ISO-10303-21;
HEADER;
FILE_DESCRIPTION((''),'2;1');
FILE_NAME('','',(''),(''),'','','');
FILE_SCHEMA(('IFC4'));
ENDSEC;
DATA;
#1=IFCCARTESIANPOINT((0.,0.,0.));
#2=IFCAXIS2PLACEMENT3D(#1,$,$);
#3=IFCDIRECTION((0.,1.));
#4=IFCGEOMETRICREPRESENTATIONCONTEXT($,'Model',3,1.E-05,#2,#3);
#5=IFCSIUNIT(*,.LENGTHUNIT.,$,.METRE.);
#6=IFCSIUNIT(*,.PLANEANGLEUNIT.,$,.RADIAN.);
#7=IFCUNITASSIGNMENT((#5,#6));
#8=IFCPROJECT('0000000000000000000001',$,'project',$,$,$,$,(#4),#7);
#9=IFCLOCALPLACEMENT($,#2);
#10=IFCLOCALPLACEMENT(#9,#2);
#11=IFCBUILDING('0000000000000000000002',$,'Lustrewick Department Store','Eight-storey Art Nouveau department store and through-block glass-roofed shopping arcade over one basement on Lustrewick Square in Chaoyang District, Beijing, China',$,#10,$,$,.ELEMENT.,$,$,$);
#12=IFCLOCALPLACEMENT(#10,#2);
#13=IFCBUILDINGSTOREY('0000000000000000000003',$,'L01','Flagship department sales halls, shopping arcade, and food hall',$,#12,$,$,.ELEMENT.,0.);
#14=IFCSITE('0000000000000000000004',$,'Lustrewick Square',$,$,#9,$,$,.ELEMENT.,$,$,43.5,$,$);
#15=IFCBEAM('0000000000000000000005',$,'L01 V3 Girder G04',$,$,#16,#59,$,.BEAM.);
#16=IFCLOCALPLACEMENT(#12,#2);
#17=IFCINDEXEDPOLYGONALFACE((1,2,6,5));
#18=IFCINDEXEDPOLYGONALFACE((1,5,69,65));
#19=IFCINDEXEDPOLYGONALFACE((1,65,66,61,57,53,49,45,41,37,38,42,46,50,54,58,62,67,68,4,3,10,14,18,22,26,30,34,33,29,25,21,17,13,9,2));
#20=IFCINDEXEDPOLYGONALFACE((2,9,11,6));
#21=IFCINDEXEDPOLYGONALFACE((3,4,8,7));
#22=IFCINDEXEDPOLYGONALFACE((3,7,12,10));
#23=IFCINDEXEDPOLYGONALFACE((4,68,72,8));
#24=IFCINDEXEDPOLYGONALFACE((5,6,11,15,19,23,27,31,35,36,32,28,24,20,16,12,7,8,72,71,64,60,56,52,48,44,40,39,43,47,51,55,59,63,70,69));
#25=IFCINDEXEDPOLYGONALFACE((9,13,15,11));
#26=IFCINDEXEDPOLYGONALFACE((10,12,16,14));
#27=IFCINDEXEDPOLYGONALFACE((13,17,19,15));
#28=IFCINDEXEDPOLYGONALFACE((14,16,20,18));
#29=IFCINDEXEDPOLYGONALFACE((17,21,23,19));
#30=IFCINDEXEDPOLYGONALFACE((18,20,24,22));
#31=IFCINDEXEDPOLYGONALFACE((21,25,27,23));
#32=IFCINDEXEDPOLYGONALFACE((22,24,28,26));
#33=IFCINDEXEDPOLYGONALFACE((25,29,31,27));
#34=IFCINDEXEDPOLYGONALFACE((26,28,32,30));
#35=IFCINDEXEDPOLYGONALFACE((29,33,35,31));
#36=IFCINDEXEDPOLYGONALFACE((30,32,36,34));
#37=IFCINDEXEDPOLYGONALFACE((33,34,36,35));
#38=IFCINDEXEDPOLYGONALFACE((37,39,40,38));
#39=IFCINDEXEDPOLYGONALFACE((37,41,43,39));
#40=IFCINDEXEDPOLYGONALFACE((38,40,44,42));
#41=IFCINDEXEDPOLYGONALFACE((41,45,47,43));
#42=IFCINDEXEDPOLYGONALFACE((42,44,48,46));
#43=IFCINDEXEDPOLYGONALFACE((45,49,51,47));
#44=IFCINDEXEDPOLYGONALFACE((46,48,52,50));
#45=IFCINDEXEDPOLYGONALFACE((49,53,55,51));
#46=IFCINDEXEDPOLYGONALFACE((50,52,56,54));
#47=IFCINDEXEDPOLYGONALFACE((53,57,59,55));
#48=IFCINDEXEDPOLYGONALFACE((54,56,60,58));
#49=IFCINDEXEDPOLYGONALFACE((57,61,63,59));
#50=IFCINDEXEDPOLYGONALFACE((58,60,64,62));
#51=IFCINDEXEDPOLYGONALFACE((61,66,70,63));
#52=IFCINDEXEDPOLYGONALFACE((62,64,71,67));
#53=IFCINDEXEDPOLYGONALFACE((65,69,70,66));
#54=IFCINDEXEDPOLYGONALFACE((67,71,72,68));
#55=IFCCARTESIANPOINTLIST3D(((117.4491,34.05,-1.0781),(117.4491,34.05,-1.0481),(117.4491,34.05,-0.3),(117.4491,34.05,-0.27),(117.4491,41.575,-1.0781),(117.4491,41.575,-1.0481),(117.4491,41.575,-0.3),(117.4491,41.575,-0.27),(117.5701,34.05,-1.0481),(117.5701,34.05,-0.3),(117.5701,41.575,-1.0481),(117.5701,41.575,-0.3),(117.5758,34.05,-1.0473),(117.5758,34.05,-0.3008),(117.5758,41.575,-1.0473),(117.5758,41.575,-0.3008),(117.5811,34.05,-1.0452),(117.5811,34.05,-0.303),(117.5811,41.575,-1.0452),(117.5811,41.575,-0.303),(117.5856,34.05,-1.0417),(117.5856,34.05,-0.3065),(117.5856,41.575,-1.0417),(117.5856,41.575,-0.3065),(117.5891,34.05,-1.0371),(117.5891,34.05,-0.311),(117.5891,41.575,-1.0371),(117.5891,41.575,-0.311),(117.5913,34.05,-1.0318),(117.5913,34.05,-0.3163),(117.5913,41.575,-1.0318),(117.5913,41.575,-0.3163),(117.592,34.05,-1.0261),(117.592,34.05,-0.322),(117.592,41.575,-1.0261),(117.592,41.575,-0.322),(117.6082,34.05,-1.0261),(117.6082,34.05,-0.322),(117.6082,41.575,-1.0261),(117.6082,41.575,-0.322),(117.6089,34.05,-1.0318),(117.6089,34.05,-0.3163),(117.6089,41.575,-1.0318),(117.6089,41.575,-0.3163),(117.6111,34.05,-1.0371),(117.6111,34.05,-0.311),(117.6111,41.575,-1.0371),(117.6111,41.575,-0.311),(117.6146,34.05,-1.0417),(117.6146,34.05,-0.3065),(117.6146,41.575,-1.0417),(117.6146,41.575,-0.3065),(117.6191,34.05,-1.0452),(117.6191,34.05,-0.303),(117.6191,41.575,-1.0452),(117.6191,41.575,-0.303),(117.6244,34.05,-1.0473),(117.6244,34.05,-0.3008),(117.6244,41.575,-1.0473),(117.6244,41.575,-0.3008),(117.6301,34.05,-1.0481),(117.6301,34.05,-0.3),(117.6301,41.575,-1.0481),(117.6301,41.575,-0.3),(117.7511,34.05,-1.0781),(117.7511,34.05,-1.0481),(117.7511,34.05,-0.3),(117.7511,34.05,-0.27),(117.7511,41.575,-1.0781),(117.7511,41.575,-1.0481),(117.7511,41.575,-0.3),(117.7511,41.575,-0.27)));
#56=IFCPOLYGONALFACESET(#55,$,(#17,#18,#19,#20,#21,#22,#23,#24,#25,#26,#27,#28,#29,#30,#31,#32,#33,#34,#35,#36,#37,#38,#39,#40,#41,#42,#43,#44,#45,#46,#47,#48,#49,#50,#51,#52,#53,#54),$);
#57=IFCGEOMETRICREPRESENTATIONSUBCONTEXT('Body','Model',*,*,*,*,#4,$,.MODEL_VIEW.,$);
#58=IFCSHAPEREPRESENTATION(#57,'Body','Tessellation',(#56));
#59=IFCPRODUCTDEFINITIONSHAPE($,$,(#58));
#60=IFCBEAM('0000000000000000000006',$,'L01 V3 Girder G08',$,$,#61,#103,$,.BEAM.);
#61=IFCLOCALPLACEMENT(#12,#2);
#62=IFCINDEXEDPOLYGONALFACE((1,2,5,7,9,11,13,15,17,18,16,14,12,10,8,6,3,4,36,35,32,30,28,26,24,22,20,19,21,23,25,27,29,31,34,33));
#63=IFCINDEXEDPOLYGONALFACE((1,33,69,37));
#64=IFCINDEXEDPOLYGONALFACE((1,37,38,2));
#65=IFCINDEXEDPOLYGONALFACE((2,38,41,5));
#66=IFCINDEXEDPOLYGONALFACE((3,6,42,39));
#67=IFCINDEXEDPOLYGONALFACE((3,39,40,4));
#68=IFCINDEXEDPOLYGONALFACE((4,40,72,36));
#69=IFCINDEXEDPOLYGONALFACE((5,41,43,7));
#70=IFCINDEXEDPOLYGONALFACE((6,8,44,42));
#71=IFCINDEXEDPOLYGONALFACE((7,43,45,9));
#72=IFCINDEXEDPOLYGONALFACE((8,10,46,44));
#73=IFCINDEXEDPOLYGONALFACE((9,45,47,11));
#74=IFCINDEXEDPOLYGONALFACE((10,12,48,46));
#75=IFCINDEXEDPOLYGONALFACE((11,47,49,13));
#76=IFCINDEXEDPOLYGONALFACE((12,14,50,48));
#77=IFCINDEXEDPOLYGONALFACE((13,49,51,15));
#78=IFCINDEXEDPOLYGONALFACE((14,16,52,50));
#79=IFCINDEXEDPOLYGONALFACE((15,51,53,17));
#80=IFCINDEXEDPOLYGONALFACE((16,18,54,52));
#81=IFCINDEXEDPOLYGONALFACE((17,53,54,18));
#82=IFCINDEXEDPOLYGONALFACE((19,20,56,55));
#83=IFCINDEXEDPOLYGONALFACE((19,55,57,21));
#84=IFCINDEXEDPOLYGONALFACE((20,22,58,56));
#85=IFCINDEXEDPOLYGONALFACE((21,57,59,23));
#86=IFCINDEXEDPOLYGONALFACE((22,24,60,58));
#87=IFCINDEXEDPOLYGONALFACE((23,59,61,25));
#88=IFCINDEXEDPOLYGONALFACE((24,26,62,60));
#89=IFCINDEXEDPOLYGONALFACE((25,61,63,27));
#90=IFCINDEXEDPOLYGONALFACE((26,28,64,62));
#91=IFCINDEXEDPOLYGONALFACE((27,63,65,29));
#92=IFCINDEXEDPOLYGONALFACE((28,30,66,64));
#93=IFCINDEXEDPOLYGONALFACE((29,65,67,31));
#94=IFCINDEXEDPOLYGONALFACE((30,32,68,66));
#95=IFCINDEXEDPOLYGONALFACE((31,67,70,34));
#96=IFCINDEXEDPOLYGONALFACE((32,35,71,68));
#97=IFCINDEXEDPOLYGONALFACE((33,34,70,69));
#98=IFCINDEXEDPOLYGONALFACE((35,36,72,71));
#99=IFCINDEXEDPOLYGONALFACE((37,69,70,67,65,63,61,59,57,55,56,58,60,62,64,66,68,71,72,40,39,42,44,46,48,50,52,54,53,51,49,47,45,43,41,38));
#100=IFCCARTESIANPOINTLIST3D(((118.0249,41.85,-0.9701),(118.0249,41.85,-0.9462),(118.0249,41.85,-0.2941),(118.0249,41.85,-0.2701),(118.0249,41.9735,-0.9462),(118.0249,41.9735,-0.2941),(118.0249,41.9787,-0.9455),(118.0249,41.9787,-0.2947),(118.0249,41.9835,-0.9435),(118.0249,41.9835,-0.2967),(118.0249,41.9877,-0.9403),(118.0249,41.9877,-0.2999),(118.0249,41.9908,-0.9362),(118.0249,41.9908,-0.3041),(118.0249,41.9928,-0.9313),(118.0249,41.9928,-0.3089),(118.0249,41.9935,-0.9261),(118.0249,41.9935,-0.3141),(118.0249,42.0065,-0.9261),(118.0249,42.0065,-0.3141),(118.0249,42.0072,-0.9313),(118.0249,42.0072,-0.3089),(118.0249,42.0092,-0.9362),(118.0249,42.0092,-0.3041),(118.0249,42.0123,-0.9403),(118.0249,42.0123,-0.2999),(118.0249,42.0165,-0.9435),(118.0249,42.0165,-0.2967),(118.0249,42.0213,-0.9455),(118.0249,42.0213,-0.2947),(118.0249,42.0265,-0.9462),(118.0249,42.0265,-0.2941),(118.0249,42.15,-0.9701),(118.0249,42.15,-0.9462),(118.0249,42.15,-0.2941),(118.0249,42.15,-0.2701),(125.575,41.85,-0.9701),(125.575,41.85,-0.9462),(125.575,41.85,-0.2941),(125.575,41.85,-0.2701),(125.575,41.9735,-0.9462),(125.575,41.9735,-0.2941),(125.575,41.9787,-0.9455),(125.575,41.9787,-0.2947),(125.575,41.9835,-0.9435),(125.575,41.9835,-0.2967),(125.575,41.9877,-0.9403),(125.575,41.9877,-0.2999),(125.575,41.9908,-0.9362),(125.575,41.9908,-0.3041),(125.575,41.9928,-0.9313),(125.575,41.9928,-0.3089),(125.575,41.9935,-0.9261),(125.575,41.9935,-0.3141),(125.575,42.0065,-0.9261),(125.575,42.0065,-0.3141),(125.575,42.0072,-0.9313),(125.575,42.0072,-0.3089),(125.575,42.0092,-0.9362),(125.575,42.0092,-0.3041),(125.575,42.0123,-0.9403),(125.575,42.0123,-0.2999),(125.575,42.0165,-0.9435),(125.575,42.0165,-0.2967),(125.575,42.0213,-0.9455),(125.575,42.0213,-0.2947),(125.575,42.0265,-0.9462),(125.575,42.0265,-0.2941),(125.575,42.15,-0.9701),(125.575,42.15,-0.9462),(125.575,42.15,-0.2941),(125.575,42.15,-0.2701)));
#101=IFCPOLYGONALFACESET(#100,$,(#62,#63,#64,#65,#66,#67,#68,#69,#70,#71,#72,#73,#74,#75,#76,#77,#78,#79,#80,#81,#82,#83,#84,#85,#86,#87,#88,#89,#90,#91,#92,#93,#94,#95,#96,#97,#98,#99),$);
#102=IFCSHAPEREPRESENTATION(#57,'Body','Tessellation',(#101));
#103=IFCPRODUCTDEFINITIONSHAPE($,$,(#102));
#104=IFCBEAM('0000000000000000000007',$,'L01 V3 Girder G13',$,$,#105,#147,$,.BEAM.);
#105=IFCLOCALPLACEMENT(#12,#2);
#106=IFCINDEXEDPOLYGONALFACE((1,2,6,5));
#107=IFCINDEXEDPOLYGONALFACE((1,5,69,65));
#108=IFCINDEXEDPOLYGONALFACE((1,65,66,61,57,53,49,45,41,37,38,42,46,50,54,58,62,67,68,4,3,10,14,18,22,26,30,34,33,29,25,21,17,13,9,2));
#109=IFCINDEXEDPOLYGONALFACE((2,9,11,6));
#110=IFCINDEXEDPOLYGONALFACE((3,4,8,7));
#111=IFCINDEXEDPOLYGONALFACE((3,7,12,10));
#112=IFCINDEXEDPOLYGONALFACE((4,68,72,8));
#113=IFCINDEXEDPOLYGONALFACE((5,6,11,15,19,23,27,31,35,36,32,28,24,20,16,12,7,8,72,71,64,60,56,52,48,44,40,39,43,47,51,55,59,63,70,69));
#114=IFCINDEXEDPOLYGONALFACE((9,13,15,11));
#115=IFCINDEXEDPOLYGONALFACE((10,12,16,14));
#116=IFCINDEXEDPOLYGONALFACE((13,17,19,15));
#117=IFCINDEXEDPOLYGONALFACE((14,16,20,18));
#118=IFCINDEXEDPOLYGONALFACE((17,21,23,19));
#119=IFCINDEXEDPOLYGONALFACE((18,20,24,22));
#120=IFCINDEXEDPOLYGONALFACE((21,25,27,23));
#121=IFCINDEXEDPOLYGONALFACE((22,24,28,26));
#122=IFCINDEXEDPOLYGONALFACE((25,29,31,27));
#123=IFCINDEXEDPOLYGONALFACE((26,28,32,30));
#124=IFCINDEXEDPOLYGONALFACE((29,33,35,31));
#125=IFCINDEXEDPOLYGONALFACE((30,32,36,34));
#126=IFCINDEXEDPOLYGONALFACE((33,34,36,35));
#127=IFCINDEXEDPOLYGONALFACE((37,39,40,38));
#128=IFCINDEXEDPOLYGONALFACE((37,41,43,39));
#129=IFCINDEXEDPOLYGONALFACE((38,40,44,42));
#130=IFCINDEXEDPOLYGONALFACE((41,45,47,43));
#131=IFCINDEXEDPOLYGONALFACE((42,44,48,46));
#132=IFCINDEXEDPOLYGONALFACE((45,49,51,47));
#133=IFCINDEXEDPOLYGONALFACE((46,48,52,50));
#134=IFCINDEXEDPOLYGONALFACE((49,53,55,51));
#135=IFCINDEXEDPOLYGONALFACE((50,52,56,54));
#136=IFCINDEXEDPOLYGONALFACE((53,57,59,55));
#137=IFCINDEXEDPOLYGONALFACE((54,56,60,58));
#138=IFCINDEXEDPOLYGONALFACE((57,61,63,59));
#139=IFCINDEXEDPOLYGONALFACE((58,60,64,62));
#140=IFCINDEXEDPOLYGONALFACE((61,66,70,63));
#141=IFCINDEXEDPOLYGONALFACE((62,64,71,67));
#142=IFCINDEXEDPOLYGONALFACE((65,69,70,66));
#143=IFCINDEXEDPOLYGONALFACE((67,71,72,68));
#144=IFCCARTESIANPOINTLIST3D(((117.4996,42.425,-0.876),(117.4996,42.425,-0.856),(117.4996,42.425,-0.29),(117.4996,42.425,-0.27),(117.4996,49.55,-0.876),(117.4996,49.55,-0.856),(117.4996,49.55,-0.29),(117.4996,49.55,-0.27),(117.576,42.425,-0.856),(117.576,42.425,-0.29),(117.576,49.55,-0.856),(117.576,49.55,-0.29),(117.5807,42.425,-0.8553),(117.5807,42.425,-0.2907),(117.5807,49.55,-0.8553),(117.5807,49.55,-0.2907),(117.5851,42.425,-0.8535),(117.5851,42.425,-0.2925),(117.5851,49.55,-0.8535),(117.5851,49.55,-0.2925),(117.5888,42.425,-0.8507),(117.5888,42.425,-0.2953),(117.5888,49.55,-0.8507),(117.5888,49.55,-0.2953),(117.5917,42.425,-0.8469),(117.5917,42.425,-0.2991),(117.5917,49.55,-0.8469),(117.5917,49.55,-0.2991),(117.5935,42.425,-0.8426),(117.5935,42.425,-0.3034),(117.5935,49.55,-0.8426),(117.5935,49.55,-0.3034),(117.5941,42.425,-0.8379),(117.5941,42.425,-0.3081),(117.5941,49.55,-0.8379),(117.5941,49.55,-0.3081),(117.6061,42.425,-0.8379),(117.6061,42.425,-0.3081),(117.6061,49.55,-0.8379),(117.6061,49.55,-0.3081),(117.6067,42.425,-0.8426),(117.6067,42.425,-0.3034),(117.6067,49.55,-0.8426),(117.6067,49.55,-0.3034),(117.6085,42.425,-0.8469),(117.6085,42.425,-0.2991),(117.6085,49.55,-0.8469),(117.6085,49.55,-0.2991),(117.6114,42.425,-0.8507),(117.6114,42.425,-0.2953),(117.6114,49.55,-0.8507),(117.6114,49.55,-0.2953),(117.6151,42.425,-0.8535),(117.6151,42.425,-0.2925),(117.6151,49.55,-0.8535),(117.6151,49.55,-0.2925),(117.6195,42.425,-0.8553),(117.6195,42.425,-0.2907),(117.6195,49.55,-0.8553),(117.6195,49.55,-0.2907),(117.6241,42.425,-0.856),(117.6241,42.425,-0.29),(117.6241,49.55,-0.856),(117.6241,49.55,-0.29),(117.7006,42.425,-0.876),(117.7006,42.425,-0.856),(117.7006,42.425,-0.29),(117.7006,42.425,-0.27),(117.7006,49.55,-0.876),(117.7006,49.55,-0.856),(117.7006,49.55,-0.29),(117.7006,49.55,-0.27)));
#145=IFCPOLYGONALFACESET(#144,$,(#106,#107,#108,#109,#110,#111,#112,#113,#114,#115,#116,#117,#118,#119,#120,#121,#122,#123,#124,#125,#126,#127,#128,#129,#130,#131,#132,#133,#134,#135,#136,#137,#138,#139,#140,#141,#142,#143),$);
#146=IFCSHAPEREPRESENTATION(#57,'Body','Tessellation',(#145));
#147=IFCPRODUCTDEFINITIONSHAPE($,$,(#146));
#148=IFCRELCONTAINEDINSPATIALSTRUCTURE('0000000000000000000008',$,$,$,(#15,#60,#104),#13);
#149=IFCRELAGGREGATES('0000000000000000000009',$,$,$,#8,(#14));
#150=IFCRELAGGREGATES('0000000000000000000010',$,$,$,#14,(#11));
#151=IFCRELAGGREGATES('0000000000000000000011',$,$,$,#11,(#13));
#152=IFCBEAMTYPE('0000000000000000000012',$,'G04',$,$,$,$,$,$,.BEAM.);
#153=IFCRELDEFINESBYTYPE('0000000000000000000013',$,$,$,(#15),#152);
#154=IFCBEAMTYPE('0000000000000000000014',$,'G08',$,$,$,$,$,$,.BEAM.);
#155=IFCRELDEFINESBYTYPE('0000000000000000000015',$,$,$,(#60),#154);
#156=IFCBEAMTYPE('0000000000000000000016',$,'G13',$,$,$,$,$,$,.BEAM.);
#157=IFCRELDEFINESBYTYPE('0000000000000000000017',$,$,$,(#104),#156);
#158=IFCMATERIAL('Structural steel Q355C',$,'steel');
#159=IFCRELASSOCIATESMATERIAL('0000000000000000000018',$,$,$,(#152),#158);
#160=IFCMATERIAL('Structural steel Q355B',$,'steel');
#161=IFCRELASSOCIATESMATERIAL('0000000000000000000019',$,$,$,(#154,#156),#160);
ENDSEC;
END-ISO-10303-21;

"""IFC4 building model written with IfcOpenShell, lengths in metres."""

from ifc_helpers import new_model, si_unit, direction, frame, origin, origin_2d, place, context, subcontext, project, spatial, i_section, extrude, material, material_profile, profile_set, type_object, element, save


model = new_model("IFC4")

# Units and contexts
model_context = context("Model", 3, precision=1e-05, world=origin(), true_north=direction((0.0, 1.0)))
body_context = subcontext(model_context, "Body", "Model", "MODEL_VIEW")
ifc_project = project(units=[si_unit("LENGTHUNIT", "METRE"), si_unit("PLANEANGLEUNIT", "RADIAN")], contexts=[model_context])

# Site, building, storey
site_placement = place(None, origin())
site = spatial("IfcSite", under=ifc_project, at=site_placement, Name="Lustrewick Square", CompositionType="ELEMENT", RefElevation=43.5)
building_placement = place(site_placement, origin())
building = spatial("IfcBuilding", under=site, at=building_placement, Name="Lustrewick Department Store", Description="Eight-storey Art Nouveau department store and through-block glass-roofed shopping arcade over one basement on Lustrewick Square in Chaoyang District, Beijing, China", CompositionType="ELEMENT")
storey_placement = place(building_placement, origin())
storey = spatial("IfcBuildingStorey", under=building, at=storey_placement, Name="L01", Description="Flagship department sales halls, shopping arcade, and food hall", CompositionType="ELEMENT", Elevation=0.0)

# Shared definitions
ifc_material_1 = material(Name="Structural steel Q355B", Category="steel")

# Beams
ifc_material_2 = material(Name="Structural steel Q355C", Category="steel")
ifc_material_profile_1 = material_profile(ifc_material_2, i_section(OverallWidth=0.302, OverallDepth=0.8081, WebThickness=0.0161, FlangeThickness=0.03, FilletRadius=0.022, at=origin_2d()), Name="HN 808x302x16x30")
ifc_profile_set_1 = profile_set([ifc_material_profile_1], Name="Structural steel Q355C")
beam_type_1 = type_object("IfcBeamType", Name="G04", PredefinedType="BEAM", material=ifc_profile_set_1)
beam_1_placement = place(storey_placement, frame((117.6001, 34.05, -0.6741), z_axis=(0.0, 1.0, 0.0), x_axis=(-1.0, 0.0, 0.0)))
element("IfcBeam", 1, at=beam_1_placement, inside=storey, type_object=beam_type_1, Name="L01 V3 Girder G04", PredefinedType="BEAM", context=body_context, shape_type="SweptSolid", body=[
    extrude(i_section(OverallWidth=0.302, OverallDepth=0.8081, WebThickness=0.0161, FlangeThickness=0.03, FilletRadius=0.022, at=origin_2d()), origin(), (0.0, 0.0, 1.0), 7.5249),
])
ifc_material_profile_2 = material_profile(ifc_material_1, i_section(OverallWidth=0.3, OverallDepth=0.7, WebThickness=0.0129, FlangeThickness=0.0239, FilletRadius=0.02, at=origin_2d()), Name="HN 700x300x13x24")
ifc_profile_set_2 = profile_set([ifc_material_profile_2], Name="Structural steel Q355B")
beam_type_2 = type_object("IfcBeamType", Name="G08", PredefinedType="BEAM", material=ifc_profile_set_2)
beam_2_placement = place(storey_placement, frame((118.0249, 42.0, -0.6201), z_axis=(1.0, 0.0, 0.0), x_axis=(0.0, 1.0, 0.0)))
element("IfcBeam", 2, at=beam_2_placement, inside=storey, type_object=beam_type_2, Name="L01 V3 Girder G08", PredefinedType="BEAM", context=body_context, shape_type="SweptSolid", body=[
    extrude(i_section(OverallWidth=0.3, OverallDepth=0.7, WebThickness=0.0129, FlangeThickness=0.0239, FilletRadius=0.02, at=origin_2d()), origin(), (0.0, 0.0, 1.0), 7.55),
])
ifc_material_profile_3 = material_profile(ifc_material_1, i_section(OverallWidth=0.2009, OverallDepth=0.606, WebThickness=0.012, FlangeThickness=0.02, FilletRadius=0.0181, at=origin_2d()), Name="HN 606x201x12x20")
ifc_profile_set_3 = profile_set([ifc_material_profile_3], Name="Structural steel Q355B")
beam_type_3 = type_object("IfcBeamType", Name="G13", PredefinedType="BEAM", material=ifc_profile_set_3)
beam_3_placement = place(storey_placement, frame((117.6001, 42.425, -0.573), z_axis=(0.0, 1.0, 0.0), x_axis=(-1.0, 0.0, 0.0)))
element("IfcBeam", 3, at=beam_3_placement, inside=storey, type_object=beam_type_3, Name="L01 V3 Girder G13", PredefinedType="BEAM", context=body_context, shape_type="SweptSolid", body=[
    extrude(i_section(OverallWidth=0.2009, OverallDepth=0.606, WebThickness=0.012, FlangeThickness=0.02, FilletRadius=0.0181, at=origin_2d()), origin(), (0.0, 0.0, 1.0), 7.125),
])

save(model, "model.ifc")
